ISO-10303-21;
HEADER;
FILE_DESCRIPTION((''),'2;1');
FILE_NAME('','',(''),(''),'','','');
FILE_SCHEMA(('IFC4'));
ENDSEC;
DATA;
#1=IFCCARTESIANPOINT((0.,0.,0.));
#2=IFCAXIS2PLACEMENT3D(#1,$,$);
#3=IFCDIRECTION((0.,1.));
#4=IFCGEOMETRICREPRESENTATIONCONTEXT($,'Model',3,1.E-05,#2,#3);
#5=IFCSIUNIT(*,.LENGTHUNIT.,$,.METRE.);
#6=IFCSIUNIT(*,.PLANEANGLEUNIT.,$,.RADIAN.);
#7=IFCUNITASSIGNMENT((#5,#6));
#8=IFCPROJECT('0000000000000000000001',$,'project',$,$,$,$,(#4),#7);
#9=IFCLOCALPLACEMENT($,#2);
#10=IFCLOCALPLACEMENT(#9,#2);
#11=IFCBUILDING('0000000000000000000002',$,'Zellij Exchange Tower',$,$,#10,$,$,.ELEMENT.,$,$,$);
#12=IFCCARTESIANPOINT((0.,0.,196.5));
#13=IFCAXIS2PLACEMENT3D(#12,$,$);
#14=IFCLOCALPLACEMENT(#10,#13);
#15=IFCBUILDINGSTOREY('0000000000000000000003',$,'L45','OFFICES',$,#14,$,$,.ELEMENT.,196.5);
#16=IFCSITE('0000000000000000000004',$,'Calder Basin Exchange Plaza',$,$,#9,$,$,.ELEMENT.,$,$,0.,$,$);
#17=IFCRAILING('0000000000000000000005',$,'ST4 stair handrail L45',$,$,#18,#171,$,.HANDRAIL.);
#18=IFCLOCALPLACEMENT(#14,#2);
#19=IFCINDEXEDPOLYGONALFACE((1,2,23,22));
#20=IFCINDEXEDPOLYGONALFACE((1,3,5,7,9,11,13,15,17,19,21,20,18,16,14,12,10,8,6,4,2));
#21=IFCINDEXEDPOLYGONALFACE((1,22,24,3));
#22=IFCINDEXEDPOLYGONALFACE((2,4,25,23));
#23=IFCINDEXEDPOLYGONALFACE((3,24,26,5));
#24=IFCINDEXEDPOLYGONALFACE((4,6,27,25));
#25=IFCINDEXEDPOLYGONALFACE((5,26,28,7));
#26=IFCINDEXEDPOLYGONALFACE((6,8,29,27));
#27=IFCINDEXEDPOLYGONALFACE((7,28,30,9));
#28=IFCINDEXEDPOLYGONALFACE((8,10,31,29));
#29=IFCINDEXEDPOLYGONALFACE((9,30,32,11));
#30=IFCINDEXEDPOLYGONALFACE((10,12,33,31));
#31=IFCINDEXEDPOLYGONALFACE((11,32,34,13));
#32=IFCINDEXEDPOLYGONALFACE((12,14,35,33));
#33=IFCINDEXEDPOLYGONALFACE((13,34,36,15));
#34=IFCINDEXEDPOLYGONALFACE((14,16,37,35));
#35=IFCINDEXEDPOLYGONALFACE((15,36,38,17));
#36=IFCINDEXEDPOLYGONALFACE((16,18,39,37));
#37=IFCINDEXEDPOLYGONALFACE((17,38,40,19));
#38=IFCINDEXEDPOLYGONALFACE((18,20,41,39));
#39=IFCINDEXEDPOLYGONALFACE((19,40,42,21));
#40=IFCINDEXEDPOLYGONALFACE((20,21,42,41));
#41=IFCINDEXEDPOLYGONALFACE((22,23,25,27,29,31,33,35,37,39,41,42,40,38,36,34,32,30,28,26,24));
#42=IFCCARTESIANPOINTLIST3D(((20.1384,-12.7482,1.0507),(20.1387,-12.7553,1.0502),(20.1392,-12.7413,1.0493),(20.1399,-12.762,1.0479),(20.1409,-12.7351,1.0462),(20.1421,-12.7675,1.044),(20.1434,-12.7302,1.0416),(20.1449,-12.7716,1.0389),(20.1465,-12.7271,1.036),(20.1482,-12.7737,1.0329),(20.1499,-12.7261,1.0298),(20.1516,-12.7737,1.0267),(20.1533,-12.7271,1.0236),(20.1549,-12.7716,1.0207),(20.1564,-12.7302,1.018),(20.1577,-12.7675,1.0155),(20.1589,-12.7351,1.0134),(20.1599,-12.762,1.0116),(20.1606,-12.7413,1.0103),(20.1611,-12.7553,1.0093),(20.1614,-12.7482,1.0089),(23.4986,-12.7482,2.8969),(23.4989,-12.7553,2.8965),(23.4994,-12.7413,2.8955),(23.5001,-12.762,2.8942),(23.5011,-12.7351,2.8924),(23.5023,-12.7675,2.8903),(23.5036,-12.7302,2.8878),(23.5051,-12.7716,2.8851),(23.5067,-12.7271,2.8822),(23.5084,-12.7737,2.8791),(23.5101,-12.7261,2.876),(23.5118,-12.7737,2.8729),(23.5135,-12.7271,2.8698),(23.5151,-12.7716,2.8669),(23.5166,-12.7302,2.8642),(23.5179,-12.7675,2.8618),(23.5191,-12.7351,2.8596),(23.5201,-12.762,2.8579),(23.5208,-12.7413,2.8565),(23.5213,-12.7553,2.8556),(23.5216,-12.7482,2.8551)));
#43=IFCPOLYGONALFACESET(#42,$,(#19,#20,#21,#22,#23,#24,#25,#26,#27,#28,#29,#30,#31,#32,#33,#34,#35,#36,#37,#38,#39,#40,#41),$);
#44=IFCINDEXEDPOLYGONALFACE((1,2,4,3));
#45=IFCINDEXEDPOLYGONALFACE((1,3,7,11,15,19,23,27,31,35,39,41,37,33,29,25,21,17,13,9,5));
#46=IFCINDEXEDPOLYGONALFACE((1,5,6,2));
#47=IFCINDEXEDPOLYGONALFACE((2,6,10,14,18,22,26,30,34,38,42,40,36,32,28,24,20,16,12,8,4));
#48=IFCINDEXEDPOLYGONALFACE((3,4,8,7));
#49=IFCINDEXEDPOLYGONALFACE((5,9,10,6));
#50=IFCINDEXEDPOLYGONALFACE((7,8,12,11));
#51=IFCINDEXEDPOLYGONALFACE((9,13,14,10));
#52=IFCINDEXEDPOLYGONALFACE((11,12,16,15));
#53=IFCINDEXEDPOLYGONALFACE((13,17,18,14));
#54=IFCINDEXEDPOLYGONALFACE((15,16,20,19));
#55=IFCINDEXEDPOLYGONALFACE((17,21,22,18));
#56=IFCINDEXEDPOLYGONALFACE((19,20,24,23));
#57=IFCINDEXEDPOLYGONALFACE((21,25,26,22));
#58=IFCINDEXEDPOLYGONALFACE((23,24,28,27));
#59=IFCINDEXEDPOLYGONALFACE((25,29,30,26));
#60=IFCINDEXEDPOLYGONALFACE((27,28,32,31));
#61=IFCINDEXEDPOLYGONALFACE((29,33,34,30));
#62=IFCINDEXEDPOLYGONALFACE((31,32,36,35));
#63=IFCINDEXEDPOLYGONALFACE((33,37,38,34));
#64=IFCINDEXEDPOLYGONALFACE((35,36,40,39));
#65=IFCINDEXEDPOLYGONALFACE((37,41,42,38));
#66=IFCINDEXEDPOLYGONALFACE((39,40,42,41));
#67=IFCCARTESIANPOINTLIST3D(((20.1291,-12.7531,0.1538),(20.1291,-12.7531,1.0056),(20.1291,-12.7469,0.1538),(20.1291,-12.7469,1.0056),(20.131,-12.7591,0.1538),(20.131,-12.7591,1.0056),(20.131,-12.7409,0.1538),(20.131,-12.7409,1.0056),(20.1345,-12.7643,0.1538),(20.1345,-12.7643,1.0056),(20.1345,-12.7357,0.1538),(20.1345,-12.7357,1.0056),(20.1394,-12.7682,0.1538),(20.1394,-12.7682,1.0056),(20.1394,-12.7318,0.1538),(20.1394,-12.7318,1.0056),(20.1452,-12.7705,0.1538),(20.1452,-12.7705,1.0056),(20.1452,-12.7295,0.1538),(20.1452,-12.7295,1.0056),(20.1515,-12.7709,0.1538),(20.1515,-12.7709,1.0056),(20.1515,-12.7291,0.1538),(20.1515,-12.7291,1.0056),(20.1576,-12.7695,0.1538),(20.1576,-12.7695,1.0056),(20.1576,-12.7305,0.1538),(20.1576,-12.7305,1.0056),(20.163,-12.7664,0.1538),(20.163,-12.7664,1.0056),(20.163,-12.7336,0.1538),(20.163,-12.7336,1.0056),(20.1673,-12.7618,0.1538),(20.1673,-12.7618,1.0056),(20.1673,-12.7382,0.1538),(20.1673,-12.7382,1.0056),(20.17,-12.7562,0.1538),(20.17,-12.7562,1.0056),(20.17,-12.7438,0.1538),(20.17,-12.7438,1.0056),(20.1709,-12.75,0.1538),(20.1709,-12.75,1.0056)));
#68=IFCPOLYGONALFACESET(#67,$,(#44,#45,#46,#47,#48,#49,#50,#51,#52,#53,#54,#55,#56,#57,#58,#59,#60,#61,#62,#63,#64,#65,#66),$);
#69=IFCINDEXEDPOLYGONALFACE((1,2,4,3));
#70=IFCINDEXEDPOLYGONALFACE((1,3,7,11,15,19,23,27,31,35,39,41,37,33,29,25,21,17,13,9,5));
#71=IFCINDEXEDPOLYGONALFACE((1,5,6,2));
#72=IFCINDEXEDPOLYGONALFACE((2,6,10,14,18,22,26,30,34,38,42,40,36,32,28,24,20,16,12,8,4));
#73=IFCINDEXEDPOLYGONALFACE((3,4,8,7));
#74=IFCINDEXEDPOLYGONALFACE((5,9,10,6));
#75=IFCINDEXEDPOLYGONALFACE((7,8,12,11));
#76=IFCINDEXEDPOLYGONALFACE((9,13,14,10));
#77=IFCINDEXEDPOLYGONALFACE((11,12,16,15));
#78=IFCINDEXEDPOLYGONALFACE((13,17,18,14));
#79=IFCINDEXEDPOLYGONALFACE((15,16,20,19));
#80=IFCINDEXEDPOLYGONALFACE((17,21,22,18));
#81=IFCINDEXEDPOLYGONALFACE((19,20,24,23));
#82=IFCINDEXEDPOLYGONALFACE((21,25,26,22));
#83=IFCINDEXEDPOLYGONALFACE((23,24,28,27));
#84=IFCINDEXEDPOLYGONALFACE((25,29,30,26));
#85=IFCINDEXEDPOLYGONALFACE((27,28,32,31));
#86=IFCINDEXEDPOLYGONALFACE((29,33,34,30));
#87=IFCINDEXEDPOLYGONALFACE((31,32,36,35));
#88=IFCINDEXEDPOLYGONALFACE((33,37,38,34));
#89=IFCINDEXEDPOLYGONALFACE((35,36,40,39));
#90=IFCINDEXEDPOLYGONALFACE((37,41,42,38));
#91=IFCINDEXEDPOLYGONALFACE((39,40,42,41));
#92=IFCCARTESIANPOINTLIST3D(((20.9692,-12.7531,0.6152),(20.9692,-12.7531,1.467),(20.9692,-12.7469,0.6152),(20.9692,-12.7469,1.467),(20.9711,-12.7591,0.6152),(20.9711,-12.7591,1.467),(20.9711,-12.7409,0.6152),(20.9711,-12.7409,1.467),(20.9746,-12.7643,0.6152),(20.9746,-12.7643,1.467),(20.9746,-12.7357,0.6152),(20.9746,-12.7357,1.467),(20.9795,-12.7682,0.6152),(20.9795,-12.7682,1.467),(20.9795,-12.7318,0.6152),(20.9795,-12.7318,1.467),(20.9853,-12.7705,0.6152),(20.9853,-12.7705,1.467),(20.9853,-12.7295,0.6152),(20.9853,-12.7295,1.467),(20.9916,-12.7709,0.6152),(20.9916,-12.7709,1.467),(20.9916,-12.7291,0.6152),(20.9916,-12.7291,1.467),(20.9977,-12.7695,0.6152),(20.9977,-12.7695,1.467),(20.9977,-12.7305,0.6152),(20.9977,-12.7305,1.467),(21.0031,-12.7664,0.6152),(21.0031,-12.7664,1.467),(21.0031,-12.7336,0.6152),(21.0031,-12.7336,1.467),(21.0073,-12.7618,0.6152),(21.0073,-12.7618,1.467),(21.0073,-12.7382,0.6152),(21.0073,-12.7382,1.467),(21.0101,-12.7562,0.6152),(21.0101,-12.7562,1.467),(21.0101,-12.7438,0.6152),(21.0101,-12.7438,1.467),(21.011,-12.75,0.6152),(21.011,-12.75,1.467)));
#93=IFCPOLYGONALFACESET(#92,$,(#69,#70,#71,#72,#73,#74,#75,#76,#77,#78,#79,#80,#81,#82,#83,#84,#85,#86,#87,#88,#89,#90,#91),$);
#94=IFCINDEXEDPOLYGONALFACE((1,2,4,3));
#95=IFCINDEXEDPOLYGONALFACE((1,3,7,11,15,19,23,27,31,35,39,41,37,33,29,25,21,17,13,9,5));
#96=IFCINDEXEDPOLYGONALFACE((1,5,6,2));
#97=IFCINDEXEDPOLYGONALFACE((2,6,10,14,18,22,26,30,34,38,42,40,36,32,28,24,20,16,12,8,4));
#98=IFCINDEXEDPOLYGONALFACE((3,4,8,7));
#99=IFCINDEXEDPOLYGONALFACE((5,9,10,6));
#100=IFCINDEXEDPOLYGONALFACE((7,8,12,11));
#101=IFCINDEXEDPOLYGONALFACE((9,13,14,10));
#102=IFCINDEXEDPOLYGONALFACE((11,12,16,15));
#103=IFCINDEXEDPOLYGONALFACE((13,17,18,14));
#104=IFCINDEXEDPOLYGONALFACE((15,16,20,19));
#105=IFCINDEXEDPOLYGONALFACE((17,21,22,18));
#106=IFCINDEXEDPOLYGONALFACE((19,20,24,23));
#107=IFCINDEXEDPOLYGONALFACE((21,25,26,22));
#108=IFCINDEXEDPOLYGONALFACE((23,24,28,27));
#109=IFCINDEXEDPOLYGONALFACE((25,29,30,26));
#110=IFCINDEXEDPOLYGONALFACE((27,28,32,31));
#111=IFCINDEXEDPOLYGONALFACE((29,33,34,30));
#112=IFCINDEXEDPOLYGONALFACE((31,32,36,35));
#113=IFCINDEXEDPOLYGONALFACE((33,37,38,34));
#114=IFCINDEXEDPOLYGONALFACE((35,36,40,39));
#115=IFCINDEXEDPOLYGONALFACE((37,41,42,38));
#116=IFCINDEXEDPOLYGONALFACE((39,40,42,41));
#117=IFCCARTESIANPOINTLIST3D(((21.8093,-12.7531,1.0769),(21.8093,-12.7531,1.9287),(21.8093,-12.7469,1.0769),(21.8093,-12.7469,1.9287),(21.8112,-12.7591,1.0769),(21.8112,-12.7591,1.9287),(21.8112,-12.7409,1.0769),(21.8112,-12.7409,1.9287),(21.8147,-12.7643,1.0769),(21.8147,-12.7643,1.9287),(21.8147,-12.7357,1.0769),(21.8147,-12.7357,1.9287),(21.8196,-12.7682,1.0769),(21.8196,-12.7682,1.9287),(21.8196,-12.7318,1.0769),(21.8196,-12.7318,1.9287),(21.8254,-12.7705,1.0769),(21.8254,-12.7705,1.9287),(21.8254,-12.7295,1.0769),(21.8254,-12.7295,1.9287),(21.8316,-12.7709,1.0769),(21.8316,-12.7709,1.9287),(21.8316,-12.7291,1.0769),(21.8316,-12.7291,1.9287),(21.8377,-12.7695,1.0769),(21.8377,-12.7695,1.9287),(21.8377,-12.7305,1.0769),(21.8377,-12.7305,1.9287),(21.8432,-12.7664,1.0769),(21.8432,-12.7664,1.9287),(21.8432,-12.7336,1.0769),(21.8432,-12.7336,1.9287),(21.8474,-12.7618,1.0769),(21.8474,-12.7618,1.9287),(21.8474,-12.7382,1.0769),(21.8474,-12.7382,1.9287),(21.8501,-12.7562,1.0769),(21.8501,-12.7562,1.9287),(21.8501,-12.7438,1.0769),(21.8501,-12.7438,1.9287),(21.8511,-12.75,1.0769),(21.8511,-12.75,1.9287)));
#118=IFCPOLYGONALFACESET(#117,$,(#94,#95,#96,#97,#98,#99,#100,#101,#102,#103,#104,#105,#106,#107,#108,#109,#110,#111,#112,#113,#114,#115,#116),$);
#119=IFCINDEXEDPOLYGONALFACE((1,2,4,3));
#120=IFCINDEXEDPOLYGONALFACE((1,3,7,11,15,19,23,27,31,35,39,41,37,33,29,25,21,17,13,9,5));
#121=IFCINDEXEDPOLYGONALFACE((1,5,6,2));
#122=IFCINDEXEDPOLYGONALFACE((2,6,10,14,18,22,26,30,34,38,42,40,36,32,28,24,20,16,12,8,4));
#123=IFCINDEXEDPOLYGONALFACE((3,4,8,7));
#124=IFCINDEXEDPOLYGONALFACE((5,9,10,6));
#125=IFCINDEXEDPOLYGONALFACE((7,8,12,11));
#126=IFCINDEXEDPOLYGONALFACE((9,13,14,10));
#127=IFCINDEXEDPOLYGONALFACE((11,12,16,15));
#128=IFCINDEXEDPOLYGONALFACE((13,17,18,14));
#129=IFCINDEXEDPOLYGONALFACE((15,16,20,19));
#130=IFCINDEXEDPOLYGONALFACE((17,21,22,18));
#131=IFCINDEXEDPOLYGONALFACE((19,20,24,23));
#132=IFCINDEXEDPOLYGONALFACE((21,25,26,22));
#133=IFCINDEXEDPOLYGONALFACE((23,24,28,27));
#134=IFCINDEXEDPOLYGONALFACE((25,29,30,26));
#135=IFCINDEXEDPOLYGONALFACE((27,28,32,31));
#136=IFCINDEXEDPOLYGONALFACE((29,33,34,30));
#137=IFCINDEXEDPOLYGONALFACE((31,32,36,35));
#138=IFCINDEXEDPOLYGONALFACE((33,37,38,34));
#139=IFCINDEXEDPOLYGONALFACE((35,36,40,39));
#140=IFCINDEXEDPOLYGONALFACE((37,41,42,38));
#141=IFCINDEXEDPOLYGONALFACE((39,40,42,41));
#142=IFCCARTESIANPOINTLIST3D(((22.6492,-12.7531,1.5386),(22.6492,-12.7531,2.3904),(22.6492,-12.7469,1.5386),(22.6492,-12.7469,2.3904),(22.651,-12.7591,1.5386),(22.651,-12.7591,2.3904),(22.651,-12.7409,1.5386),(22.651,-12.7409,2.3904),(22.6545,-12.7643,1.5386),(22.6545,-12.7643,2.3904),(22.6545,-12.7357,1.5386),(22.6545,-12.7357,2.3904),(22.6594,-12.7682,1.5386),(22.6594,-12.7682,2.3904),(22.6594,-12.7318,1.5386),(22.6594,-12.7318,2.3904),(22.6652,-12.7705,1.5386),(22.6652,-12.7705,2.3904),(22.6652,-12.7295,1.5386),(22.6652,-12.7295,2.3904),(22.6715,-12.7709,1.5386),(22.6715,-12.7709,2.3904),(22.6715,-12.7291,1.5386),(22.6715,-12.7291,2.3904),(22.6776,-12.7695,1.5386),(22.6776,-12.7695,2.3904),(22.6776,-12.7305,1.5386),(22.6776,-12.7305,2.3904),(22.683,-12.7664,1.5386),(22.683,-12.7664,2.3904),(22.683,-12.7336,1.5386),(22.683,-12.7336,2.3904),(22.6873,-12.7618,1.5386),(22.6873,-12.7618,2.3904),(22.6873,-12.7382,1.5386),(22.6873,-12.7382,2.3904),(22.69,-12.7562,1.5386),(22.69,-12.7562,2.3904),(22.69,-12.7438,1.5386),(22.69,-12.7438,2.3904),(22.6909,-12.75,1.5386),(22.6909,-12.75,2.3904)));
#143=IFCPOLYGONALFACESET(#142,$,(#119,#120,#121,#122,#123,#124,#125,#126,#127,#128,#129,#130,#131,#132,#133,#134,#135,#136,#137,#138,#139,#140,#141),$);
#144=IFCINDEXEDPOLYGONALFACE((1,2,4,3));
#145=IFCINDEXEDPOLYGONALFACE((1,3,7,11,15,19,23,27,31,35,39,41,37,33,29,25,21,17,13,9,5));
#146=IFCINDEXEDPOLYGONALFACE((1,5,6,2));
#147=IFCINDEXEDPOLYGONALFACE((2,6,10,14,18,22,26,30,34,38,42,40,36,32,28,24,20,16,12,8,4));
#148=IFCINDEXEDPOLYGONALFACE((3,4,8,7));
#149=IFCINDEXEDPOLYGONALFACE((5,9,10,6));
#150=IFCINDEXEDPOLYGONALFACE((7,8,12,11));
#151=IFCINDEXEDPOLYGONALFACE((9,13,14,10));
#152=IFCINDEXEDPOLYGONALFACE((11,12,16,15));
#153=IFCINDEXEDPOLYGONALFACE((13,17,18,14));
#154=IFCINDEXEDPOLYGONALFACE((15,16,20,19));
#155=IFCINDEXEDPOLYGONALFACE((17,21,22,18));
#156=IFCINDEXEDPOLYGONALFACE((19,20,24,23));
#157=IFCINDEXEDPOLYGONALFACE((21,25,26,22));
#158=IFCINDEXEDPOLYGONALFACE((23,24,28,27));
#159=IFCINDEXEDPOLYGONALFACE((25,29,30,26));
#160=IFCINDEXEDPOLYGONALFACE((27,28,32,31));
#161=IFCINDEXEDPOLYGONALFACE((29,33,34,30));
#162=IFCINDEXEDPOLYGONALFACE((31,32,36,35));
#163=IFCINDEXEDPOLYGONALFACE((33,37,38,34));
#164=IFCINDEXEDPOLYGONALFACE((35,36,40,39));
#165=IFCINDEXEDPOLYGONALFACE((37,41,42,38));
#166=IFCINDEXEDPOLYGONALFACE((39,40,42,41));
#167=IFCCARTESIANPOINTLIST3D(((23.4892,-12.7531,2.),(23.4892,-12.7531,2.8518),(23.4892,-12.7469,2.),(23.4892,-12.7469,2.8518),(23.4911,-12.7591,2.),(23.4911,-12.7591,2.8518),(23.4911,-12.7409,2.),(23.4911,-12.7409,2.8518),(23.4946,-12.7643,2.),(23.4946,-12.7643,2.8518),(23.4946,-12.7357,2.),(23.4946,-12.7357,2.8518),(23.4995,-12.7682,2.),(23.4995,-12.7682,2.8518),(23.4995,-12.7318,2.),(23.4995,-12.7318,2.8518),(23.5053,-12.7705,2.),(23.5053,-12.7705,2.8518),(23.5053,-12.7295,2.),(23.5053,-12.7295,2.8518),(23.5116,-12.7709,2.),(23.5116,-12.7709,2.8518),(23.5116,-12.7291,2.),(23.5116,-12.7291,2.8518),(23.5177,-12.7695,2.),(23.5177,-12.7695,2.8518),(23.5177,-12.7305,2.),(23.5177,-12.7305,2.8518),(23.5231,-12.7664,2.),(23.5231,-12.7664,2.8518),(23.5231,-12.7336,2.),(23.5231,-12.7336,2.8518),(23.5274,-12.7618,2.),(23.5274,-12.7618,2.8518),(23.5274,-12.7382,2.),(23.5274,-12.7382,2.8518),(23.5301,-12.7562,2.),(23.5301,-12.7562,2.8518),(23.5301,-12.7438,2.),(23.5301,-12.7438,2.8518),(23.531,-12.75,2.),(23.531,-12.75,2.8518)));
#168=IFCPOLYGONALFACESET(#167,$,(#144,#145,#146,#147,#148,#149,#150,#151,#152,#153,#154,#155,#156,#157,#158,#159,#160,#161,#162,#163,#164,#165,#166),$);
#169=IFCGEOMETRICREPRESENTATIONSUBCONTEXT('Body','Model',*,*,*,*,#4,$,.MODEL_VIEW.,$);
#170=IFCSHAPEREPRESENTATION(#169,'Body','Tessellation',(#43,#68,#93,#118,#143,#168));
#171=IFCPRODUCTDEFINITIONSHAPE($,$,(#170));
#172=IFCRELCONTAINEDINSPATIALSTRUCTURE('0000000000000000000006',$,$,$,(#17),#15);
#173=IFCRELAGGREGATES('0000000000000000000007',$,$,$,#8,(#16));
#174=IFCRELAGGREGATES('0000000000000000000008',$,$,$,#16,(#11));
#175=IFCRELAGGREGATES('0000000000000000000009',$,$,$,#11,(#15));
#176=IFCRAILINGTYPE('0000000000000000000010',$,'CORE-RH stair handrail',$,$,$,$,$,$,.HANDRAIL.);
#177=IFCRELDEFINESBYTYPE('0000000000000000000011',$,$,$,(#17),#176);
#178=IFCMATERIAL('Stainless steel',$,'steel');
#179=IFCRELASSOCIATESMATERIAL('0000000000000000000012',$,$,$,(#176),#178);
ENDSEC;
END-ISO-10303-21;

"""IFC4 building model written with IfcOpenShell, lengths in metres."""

from ifc_helpers import new_model, si_unit, direction, frame, origin, origin_2d, place, context, subcontext, project, spatial, circle, extrude, material, type_object, element, save


model = new_model("IFC4")

# Units and contexts
model_context = context("Model", 3, precision=1e-05, world=origin(), true_north=direction((0.0, 1.0)))
body_context = subcontext(model_context, "Body", "Model", "MODEL_VIEW")
ifc_project = project(units=[si_unit("LENGTHUNIT", "METRE"), si_unit("PLANEANGLEUNIT", "RADIAN")], contexts=[model_context])

# Site, building, storey
site_placement = place(None, origin())
site = spatial("IfcSite", under=ifc_project, at=site_placement, Name="Calder Basin Exchange Plaza", CompositionType="ELEMENT", RefElevation=0.0)
building_placement = place(site_placement, origin())
building = spatial("IfcBuilding", under=site, at=building_placement, Name="Zellij Exchange Tower", CompositionType="ELEMENT")
storey_placement = place(building_placement, frame((0.0, 0.0, 196.5)))
storey = spatial("IfcBuildingStorey", under=building, at=storey_placement, Name="L45", Description="OFFICES", CompositionType="ELEMENT", Elevation=196.5)

# Railing
ifc_material_1 = material(Name="Stainless steel", Category="steel")
railing_type_1 = type_object("IfcRailingType", Name="CORE-RH stair handrail", PredefinedType="HANDRAIL", material=ifc_material_1)
railing_1_placement = place(storey_placement, frame((20.1499, -12.75, 0.1538)))
element("IfcRailing", 1, at=railing_1_placement, inside=storey, type_object=railing_type_1, Name="ST4 stair handrail L45", PredefinedType="HANDRAIL", context=body_context, shape_type="SweptSolid", body=[
    extrude(circle(Radius=0.0239, at=origin_2d()), frame((0.0, 0.0, 0.876), z_axis=(0.876422, 0.0, 0.481545), x_axis=(0.0, 1.0, 0.0)), (0.0, 0.0, 1.0), 3.834),
    extrude(circle(Radius=0.021, at=origin_2d()), origin(), (0.0, 0.0, 1.0), 0.8518),
    extrude(circle(Radius=0.021, at=origin_2d()), frame((0.8401, 0.0, 0.4614)), (0.0, 0.0, 1.0), 0.8518),
    extrude(circle(Radius=0.021, at=origin_2d()), frame((1.6802, 0.0, 0.9231)), (0.0, 0.0, 1.0), 0.8518),
    extrude(circle(Radius=0.021, at=origin_2d()), frame((2.52, 0.0, 1.3848)), (0.0, 0.0, 1.0), 0.8518),
    extrude(circle(Radius=0.021, at=origin_2d()), frame((3.3601, 0.0, 1.8462)), (0.0, 0.0, 1.0), 0.8518),
])

save(model, "model.ifc")
